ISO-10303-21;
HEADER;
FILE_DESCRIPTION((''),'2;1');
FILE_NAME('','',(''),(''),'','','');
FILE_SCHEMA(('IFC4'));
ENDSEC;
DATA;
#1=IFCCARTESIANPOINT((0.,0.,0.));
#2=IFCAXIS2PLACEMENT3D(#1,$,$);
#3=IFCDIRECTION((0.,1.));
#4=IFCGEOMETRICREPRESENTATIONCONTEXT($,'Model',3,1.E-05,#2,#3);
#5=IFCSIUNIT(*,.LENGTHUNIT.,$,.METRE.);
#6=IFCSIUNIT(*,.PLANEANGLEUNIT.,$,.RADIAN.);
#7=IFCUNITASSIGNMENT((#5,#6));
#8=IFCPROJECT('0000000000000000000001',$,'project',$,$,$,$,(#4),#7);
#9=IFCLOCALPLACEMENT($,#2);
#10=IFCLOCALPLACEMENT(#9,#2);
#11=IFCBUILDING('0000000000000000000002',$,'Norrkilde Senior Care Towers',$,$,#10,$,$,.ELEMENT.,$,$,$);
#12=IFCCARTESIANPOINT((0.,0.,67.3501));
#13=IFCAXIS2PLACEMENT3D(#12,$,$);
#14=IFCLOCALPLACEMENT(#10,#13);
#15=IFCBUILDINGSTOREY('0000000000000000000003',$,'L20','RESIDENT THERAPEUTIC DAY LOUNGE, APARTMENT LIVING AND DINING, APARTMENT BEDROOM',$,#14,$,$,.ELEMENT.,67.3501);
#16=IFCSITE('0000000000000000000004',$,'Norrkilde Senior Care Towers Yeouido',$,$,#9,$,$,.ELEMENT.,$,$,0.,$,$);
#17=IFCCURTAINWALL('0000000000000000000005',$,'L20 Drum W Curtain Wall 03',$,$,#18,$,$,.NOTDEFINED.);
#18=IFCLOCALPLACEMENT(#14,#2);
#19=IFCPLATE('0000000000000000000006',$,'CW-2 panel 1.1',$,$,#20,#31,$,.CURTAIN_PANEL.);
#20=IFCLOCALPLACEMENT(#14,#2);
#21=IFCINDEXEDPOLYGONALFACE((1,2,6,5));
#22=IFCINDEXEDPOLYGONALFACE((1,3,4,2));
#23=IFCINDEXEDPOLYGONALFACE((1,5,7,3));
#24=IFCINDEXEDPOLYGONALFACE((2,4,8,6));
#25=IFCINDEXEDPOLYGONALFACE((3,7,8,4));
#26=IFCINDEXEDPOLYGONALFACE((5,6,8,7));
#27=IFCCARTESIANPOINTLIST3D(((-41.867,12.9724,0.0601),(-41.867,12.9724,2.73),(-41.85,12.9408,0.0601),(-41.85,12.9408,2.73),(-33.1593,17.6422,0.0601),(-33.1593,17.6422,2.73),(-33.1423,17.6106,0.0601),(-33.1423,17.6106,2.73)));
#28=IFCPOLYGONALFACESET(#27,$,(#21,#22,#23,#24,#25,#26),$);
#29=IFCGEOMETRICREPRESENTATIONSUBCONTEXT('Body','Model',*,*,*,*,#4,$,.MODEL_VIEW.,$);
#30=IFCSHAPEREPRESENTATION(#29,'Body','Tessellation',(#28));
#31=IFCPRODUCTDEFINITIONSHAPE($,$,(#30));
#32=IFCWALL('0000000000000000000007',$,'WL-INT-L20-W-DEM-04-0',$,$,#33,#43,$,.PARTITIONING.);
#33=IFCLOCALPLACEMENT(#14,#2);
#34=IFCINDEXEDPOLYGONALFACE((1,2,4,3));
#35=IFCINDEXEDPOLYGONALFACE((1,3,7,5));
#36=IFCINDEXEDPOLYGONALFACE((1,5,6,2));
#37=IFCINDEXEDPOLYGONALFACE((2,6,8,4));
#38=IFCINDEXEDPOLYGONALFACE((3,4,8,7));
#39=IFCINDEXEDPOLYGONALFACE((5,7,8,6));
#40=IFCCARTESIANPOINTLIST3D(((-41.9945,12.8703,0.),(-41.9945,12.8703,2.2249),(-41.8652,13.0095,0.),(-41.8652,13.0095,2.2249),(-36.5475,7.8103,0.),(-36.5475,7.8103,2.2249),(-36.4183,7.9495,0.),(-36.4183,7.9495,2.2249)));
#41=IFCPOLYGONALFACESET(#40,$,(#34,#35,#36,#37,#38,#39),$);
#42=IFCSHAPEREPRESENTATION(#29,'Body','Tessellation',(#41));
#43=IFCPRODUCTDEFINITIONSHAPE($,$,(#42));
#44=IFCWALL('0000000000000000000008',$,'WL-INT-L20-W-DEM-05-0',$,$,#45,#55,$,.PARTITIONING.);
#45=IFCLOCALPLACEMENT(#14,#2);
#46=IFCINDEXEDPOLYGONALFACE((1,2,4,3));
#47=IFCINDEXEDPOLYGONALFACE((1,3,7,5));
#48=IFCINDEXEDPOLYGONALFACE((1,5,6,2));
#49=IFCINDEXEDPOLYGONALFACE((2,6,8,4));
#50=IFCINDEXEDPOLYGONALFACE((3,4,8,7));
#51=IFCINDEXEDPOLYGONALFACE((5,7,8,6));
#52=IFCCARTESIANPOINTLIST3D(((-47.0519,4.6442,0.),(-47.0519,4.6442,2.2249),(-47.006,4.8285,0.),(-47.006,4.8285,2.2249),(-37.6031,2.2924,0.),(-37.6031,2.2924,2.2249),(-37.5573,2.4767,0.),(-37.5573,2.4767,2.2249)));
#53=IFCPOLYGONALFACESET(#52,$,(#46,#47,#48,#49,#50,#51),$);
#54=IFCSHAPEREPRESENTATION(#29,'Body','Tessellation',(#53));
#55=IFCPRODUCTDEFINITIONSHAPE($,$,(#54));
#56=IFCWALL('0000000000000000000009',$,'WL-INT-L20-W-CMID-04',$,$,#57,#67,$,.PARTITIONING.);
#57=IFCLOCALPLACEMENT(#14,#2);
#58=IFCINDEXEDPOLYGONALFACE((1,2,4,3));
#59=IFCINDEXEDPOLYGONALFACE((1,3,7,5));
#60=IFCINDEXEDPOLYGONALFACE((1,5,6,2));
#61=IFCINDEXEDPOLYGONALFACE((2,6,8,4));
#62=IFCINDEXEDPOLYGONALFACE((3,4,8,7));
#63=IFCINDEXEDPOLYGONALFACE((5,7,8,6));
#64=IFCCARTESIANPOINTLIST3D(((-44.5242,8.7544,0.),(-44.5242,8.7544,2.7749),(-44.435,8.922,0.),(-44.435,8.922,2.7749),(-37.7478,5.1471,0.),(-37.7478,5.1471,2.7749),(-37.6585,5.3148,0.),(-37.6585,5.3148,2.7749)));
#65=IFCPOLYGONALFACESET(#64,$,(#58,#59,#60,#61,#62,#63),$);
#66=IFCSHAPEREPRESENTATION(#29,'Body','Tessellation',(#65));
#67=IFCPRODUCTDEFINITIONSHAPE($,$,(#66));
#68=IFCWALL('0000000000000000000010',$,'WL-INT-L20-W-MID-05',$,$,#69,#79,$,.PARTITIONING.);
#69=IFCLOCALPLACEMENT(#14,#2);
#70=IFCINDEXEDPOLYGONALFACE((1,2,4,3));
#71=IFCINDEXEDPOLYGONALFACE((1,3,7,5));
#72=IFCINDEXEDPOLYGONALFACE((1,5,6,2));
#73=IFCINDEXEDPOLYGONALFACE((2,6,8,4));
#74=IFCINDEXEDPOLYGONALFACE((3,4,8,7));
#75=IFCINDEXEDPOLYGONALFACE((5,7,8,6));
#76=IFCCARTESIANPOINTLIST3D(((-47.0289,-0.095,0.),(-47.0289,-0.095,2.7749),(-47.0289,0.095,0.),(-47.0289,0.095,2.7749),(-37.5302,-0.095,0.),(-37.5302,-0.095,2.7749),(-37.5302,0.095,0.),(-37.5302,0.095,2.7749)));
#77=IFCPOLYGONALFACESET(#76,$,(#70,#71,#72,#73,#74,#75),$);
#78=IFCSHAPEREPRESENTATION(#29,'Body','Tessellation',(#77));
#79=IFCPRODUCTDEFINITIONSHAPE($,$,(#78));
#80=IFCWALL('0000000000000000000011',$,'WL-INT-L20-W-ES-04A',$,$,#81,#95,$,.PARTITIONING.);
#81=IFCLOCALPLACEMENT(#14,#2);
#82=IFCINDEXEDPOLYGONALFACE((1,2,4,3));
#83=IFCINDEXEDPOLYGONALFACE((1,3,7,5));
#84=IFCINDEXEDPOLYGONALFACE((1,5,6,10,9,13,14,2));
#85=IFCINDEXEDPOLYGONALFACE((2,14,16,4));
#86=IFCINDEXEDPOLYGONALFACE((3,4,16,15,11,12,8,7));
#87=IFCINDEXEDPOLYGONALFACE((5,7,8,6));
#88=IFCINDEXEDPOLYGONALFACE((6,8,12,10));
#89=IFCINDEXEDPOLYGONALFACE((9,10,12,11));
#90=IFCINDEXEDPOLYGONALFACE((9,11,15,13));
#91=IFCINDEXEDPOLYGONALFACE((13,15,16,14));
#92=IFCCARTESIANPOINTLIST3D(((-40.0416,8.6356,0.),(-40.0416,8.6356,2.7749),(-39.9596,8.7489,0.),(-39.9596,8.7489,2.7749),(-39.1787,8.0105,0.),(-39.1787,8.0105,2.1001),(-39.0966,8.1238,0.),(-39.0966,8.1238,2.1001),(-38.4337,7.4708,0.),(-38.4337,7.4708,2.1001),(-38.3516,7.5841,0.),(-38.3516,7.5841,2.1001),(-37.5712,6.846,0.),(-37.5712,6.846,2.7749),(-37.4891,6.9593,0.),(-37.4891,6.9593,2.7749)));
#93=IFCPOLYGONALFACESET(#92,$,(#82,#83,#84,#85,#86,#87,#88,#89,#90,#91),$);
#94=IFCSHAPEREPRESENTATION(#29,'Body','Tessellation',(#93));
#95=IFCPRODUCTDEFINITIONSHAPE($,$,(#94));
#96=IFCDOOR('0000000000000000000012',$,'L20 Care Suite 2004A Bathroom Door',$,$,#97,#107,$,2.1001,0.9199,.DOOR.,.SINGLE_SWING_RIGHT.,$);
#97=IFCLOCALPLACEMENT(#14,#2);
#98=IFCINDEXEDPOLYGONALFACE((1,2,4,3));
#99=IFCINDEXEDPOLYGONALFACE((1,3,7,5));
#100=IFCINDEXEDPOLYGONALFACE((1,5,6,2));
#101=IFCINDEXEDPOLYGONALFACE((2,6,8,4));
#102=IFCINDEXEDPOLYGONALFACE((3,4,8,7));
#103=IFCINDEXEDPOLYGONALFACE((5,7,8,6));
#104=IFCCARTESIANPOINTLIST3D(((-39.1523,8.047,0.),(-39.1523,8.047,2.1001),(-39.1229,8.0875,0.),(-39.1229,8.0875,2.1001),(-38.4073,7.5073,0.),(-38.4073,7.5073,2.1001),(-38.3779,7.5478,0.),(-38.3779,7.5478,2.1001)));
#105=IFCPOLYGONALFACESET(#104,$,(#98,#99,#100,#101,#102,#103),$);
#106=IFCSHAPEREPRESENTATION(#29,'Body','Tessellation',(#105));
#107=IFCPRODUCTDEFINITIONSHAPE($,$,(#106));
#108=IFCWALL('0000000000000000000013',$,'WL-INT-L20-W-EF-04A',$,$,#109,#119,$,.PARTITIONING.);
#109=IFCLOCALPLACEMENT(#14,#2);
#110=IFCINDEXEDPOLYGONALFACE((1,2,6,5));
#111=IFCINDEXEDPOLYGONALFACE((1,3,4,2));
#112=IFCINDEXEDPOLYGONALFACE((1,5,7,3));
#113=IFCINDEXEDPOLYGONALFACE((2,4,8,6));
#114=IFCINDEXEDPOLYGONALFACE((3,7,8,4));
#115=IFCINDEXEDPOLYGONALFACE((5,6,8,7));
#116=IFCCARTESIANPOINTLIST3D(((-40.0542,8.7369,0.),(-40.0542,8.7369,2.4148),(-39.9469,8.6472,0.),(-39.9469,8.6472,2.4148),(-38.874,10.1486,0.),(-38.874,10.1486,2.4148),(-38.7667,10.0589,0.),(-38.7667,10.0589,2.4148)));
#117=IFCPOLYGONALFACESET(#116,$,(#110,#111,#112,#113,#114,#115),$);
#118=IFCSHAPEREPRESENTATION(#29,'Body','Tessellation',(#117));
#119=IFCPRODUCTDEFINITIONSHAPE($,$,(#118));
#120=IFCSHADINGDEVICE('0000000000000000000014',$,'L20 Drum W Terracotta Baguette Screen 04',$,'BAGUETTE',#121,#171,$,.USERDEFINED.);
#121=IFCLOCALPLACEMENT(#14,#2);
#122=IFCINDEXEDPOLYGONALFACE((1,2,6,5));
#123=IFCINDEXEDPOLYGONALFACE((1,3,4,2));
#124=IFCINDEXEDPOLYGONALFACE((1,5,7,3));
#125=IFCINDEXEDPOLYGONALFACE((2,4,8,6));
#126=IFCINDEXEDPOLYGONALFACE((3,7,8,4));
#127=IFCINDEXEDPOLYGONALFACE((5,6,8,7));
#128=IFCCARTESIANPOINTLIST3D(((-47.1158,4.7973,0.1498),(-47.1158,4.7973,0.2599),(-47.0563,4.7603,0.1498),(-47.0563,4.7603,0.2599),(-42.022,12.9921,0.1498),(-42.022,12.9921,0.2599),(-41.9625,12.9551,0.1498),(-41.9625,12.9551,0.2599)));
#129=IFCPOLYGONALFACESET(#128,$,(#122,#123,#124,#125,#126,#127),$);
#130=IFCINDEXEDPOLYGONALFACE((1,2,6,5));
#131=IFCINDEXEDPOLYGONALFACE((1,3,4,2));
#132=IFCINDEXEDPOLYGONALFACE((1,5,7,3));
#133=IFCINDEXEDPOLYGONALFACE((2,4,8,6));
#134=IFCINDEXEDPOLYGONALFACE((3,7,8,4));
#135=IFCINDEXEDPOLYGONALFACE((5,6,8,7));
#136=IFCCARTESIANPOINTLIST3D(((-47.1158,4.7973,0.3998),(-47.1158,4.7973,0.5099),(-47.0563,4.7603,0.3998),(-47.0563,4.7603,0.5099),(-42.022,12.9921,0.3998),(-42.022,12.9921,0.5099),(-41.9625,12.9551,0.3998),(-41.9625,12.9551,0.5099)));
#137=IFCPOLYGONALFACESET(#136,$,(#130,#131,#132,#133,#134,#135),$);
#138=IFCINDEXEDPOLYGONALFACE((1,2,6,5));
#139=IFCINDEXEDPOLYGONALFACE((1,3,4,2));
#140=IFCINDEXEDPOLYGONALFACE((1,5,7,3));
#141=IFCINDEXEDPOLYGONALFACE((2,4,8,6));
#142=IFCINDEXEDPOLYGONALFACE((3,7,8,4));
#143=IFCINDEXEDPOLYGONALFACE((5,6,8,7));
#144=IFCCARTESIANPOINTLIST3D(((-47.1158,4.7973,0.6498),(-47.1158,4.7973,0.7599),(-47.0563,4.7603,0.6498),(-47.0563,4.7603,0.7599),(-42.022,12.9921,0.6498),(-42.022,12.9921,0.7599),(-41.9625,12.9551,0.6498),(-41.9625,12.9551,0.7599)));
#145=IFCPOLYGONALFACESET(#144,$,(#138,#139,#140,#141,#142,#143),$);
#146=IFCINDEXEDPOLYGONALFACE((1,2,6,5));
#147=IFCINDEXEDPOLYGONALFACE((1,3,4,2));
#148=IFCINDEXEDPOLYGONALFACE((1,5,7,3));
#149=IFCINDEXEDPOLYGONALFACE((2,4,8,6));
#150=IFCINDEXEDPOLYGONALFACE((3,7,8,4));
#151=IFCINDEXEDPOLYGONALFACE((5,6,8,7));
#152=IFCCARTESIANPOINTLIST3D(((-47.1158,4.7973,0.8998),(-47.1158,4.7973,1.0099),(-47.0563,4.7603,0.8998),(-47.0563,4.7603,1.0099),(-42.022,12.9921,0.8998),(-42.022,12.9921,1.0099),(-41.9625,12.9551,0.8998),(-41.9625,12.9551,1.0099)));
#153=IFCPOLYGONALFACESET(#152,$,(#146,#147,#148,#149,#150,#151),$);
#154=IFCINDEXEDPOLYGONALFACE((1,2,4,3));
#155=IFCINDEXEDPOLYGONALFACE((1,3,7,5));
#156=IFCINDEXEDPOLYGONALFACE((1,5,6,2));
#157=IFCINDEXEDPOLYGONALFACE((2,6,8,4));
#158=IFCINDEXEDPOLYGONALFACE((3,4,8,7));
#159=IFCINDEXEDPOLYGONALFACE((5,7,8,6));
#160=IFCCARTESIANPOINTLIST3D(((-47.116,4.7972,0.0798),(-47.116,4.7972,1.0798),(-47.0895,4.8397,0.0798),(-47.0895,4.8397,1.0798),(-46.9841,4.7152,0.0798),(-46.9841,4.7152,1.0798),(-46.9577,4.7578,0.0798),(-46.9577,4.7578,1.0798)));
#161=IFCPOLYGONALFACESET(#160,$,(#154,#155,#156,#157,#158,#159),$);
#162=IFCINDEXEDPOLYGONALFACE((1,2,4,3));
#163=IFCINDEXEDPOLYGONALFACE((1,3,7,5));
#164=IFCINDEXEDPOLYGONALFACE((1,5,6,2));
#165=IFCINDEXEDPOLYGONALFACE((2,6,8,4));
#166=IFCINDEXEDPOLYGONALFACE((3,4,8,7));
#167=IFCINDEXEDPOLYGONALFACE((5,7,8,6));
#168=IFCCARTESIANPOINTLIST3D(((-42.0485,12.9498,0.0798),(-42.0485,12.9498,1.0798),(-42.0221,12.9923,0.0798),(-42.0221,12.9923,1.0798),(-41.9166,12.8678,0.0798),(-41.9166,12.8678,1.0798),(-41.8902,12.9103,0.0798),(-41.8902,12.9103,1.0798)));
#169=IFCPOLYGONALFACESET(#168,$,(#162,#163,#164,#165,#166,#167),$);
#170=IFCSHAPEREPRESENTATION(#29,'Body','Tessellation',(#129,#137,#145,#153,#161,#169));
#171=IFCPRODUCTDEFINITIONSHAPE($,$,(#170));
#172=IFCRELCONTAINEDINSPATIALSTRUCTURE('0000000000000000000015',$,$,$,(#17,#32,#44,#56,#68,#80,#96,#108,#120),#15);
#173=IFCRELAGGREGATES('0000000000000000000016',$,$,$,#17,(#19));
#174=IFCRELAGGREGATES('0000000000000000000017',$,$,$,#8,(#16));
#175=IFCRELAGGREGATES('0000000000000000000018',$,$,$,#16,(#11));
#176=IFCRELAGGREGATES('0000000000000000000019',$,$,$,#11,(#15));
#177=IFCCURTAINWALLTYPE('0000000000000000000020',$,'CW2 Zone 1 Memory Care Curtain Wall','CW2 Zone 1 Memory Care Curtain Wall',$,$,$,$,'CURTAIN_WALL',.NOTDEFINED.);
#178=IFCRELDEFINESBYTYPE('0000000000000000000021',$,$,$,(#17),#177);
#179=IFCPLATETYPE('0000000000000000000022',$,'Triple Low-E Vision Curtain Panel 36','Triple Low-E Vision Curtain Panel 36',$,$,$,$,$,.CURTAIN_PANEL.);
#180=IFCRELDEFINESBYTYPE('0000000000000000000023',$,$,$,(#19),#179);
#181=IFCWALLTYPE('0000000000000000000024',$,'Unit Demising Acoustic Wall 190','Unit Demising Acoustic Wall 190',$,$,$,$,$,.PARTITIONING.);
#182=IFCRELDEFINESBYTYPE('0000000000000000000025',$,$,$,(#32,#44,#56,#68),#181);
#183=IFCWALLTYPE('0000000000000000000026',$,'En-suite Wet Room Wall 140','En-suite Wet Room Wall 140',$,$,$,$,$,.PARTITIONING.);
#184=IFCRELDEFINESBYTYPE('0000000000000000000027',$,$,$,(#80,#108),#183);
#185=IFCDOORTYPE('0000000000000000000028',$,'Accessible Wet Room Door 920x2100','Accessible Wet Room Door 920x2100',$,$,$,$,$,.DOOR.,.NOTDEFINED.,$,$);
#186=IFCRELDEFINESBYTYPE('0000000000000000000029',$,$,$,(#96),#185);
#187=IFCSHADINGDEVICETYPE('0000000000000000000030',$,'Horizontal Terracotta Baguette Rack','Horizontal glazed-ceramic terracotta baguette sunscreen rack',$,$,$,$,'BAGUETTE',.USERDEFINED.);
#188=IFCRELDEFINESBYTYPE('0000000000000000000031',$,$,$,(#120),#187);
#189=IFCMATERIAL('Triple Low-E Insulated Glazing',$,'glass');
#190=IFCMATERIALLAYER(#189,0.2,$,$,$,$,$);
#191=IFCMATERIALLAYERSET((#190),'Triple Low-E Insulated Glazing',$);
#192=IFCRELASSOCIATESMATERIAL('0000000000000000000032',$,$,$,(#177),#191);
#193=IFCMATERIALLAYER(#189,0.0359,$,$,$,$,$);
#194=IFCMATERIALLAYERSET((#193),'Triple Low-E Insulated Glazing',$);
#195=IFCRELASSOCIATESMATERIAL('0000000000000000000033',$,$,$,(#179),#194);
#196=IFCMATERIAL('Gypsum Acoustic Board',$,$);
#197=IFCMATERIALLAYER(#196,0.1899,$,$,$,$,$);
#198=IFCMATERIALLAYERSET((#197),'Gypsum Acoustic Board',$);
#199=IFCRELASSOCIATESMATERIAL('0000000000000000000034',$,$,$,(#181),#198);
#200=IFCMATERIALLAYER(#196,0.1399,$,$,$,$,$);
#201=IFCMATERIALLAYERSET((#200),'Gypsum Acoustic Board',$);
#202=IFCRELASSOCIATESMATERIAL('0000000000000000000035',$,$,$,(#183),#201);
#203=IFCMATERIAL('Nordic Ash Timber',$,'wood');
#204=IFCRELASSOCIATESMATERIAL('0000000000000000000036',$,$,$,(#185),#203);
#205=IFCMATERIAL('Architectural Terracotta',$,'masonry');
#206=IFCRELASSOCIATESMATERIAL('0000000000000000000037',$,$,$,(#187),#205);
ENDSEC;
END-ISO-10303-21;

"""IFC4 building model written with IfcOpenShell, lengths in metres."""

from ifc_helpers import new_model, si_unit, direction, frame, frame_2d, origin, origin_2d, place, context, subcontext, project, spatial, rectangle, extrude, source, transform, mapped, material, layer, layer_set, type_object, type_shapes, element, fill, aggregate, save


model = new_model("IFC4")

# Units and contexts
model_context = context("Model", 3, precision=1e-05, world=origin(), true_north=direction((0.0, 1.0)))
body_context = subcontext(model_context, "Body", "Model", "MODEL_VIEW")
ifc_project = project(units=[si_unit("LENGTHUNIT", "METRE"), si_unit("PLANEANGLEUNIT", "RADIAN")], contexts=[model_context])

# Site, building, storey
site_placement = place(None, origin())
site = spatial("IfcSite", under=ifc_project, at=site_placement, Name="Norrkilde Senior Care Towers Yeouido", CompositionType="ELEMENT", RefElevation=0.0)
building_placement = place(site_placement, origin())
building = spatial("IfcBuilding", under=site, at=building_placement, Name="Norrkilde Senior Care Towers", CompositionType="ELEMENT")
storey_placement = place(building_placement, frame((0.0, 0.0, 67.3501)))
storey = spatial("IfcBuildingStorey", under=building, at=storey_placement, Name="L20", Description="RESIDENT THERAPEUTIC DAY LOUNGE, APARTMENT LIVING AND DINING, APARTMENT BEDROOM", CompositionType="ELEMENT", Elevation=67.3501)

# Curtain wall
ifc_material_1 = material(Name="Triple Low-E Insulated Glazing", Category="glass")
ifc_layer_1 = layer(ifc_material_1, 0.2)
ifc_layer_set_1 = layer_set([ifc_layer_1], Name="Triple Low-E Insulated Glazing")
curtain_wall_type = type_object("IfcCurtainWallType", Name="CW2 Zone 1 Memory Care Curtain Wall", Description="CW2 Zone 1 Memory Care Curtain Wall", ElementType="CURTAIN_WALL", PredefinedType="NOTDEFINED", material=ifc_layer_set_1)
curtain_wall_1_placement = place(storey_placement, origin())
curtain_wall_1 = element("IfcCurtainWall", 1, at=curtain_wall_1_placement, inside=storey, type_object=curtain_wall_type, Name="L20 Drum W Curtain Wall 03", PredefinedType="NOTDEFINED")

# Plate
ifc_layer_2 = layer(ifc_material_1, 0.0359)
ifc_layer_set_2 = layer_set([ifc_layer_2], Name="Triple Low-E Insulated Glazing")
plate_type = type_object("IfcPlateType", Name="Triple Low-E Vision Curtain Panel 36", Description="Triple Low-E Vision Curtain Panel 36", PredefinedType="CURTAIN_PANEL", material=ifc_layer_set_2)
shared_shape_1 = source(origin(), body_context, "Body", "SweptSolid", [
    extrude(rectangle(XDim=9.8809, YDim=0.0359, at=origin_2d()), origin(), (0.0, 0.0, 1.0), 2.6699),
])
plate_1_placement = place(storey_placement, frame((-37.5046, 15.2915, 0.0601), z_axis=(0.0, 0.0, 1.0), x_axis=(0.881273, 0.472608, 0.0)))
plate_1 = element("IfcPlate", 2, at=plate_1_placement, type_object=plate_type, Name="CW-2 panel 1.1", PredefinedType="CURTAIN_PANEL", context=body_context, shape_type="MappedRepresentation", body=[
    mapped(shared_shape_1, transform((0.0, 0.0, 0.0), x_axis=(1.0, 0.0, 0.0), y_axis=(0.0, 1.0, 0.0), z_axis=(0.0, 0.0, 1.0), scale=1.0)),
])
aggregate(curtain_wall_1, [plate_1])

# Shared definitions
ifc_material_2 = material(Name="Gypsum Acoustic Board")
ifc_material_3 = material(Name="Nordic Ash Timber", Category="wood")

# Walls
ifc_layer_3 = layer(ifc_material_2, 0.1899)
ifc_layer_set_3 = layer_set([ifc_layer_3], Name="Gypsum Acoustic Board")
wall_type_1 = type_object("IfcWallType", Name="Unit Demising Acoustic Wall 190", Description="Unit Demising Acoustic Wall 190", PredefinedType="PARTITIONING", material=ifc_layer_set_3)
shared_shape_2 = source(origin(), body_context, "Body", "SweptSolid", [
    extrude(rectangle(XDim=7.4346, YDim=0.1899, at=frame_2d((3.7173, 0.0))), origin(), (0.0, 0.0, 1.0), 2.2249),
])
wall_1_placement = place(storey_placement, frame((-36.4829, 7.8799, 0.0), z_axis=(0.0, 0.0, 1.0), x_axis=(-0.732652, 0.680603, 0.0)))
element("IfcWall", 3, at=wall_1_placement, inside=storey, type_object=wall_type_1, Name="WL-INT-L20-W-DEM-04-0", PredefinedType="PARTITIONING", context=body_context, shape_type="MappedRepresentation", body=[
    mapped(shared_shape_2, transform((0.0, 0.0, 0.0), x_axis=(1.0, 0.0, 0.0), y_axis=(0.0, 1.0, 0.0), z_axis=(0.0, 0.0, 1.0), scale=1.0)),
])
shared_shape_3 = source(origin(), body_context, "Body", "SweptSolid", [
    extrude(rectangle(XDim=9.7371, YDim=0.1899, at=frame_2d((4.8687, 0.0))), origin(), (0.0, 0.0, 1.0), 2.2249),
])
wall_2_placement = place(storey_placement, frame((-37.5801, 2.3845, 0.0), z_axis=(0.0, 0.0, 1.0), x_axis=(-0.970393, 0.241533, 0.0)))
element("IfcWall", 4, at=wall_2_placement, inside=storey, type_object=wall_type_1, Name="WL-INT-L20-W-DEM-05-0", PredefinedType="PARTITIONING", context=body_context, shape_type="MappedRepresentation", body=[
    mapped(shared_shape_3, transform((0.0, 0.0, 0.0), x_axis=(1.0, 0.0, 0.0), y_axis=(0.0, 1.0, 0.0), z_axis=(0.0, 0.0, 1.0), scale=1.0)),
])
shared_shape_4 = source(origin(), body_context, "Body", "SweptSolid", [
    extrude(rectangle(XDim=7.6768, YDim=0.1899, at=frame_2d((3.8384, 0.0))), origin(), (0.0, 0.0, 1.0), 2.7749),
])
wall_3_placement = place(storey_placement, frame((-37.7031, 5.231, 0.0), z_axis=(0.0, 0.0, 1.0), x_axis=(-0.882725, 0.46989, 0.0)))
element("IfcWall", 5, at=wall_3_placement, inside=storey, type_object=wall_type_1, Name="WL-INT-L20-W-CMID-04", PredefinedType="PARTITIONING", context=body_context, shape_type="MappedRepresentation", body=[
    mapped(shared_shape_4, transform((0.0, 0.0, 0.0), x_axis=(1.0, 0.0, 0.0), y_axis=(0.0, 1.0, 0.0), z_axis=(0.0, 0.0, 1.0), scale=1.0)),
])
shared_shape_5 = source(origin(), body_context, "Body", "SweptSolid", [
    extrude(rectangle(XDim=9.4988, YDim=0.1899, at=frame_2d((4.7495, 0.0))), origin(), (0.0, 0.0, 1.0), 2.7749),
])
type_shapes(wall_type_1, [shared_shape_2, shared_shape_3, shared_shape_4, shared_shape_5])
wall_4_placement = place(storey_placement, frame((-37.53, 0.0, 0.0), z_axis=(0.0, 0.0, 1.0), x_axis=(-1.0, 0.0, 0.0)))
element("IfcWall", 6, at=wall_4_placement, inside=storey, type_object=wall_type_1, Name="WL-INT-L20-W-MID-05", PredefinedType="PARTITIONING", context=body_context, shape_type="MappedRepresentation", body=[
    mapped(shared_shape_5, transform((0.0, 0.0, 0.0), x_axis=(1.0, 0.0, 0.0), y_axis=(0.0, 1.0, 0.0), z_axis=(0.0, 0.0, 1.0), scale=1.0)),
])

# Wall, opening, door
ifc_layer_4 = layer(ifc_material_2, 0.1399)
ifc_layer_set_4 = layer_set([ifc_layer_4], Name="Gypsum Acoustic Board")
wall_type_2 = type_object("IfcWallType", Name="En-suite Wet Room Wall 140", Description="En-suite Wet Room Wall 140", PredefinedType="PARTITIONING", material=ifc_layer_set_4)
shared_shape_6 = source(origin(), body_context, "Body", "SweptSolid", [
    extrude(rectangle(XDim=3.0505, YDim=0.1399, at=frame_2d((1.5254, 0.0))), origin(), (0.0, 0.0, 1.0), 2.7749),
])
wall_5_placement = place(storey_placement, frame((-37.53, 6.9026, 0.0), z_axis=(0.0, 0.0, 1.0), x_axis=(-0.809849, 0.586638, 0.0)))
wall_5 = element("IfcWall", 7, at=wall_5_placement, inside=storey, type_object=wall_type_2, Name="WL-INT-L20-W-ES-04A", PredefinedType="PARTITIONING", context=body_context, shape_type="MappedRepresentation", body=[
    mapped(shared_shape_6, transform((0.0, 0.0, 0.0), x_axis=(1.0, 0.0, 0.0), y_axis=(0.0, 1.0, 0.0), z_axis=(0.0, 0.0, 1.0), scale=1.0)),
])
opening_1_placement = place(wall_5_placement, frame((1.0652, 0.0, 0.0)))
opening_1 = element("IfcOpeningElement", 8, at=opening_1_placement, cuts=wall_5, PredefinedType="OPENING", context=body_context, shape_type="SweptSolid", body=[
    extrude(rectangle(XDim=0.9199, YDim=2.1001, at=frame_2d((0.46, 1.05))), frame((0.0, 0.0798, 0.0), z_axis=(0.0, -1.0, 0.0), x_axis=(1.0, 0.0, 0.0)), (0.0, 0.0, 1.0), 0.1599),
])
door_type_1 = type_object("IfcDoorType", Name="Accessible Wet Room Door 920x2100", Description="Accessible Wet Room Door 920x2100", OperationType="NOTDEFINED", PredefinedType="DOOR", material=ifc_material_3)
shared_shape_7 = source(origin(), body_context, "Body", "SweptSolid", [
    extrude(rectangle(XDim=0.9199, YDim=2.1001, at=frame_2d((0.46, 1.05))), frame((0.0, 0.0249, 0.0), z_axis=(0.0, -1.0, 0.0), x_axis=(1.0, 0.0, 0.0)), (0.0, 0.0, 1.0), 0.05),
])
type_shapes(door_type_1, [shared_shape_7])
door_1_placement = place(opening_1_placement, origin())
door_1 = element("IfcDoor", 9, at=door_1_placement, inside=storey, type_object=door_type_1, Name="L20 Care Suite 2004A Bathroom Door", OperationType="SINGLE_SWING_RIGHT", OverallHeight=2.1001, OverallWidth=0.9199, PredefinedType="DOOR", context=body_context, shape_type="MappedRepresentation", body=[
    mapped(shared_shape_7, transform((0.0, 0.0, 0.0), x_axis=(1.0, 0.0, 0.0), y_axis=(0.0, 1.0, 0.0), z_axis=(0.0, 0.0, 1.0), scale=1.0)),
])
fill(opening_1, door_1)

# Wall
shared_shape_8 = source(origin(), body_context, "Body", "SweptSolid", [
    extrude(rectangle(XDim=1.8401, YDim=0.1399, at=frame_2d((0.9199, 0.0))), origin(), (0.0, 0.0, 1.0), 2.4148),
])
type_shapes(wall_type_2, [shared_shape_6, shared_shape_8])
wall_6_placement = place(storey_placement, frame((-40.0005, 8.6921, 0.0), z_axis=(0.0, 0.0, 1.0), x_axis=(0.64141, 0.767198, 0.0)))
element("IfcWall", 10, at=wall_6_placement, inside=storey, type_object=wall_type_2, Name="WL-INT-L20-W-EF-04A", PredefinedType="PARTITIONING", context=body_context, shape_type="MappedRepresentation", body=[
    mapped(shared_shape_8, transform((0.0, 0.0, 0.0), x_axis=(1.0, 0.0, 0.0), y_axis=(0.0, 1.0, 0.0), z_axis=(0.0, 0.0, 1.0), scale=1.0)),
])

# Shading device
ifc_material_4 = material(Name="Architectural Terracotta", Category="masonry")
shading_device_type = type_object("IfcShadingDeviceType", Name="Horizontal Terracotta Baguette Rack", Description="Horizontal glazed-ceramic terracotta baguette sunscreen rack", ElementType="BAGUETTE", PredefinedType="USERDEFINED", material=ifc_material_4)
shared_shape_9 = source(origin(), body_context, "Body", "SweptSolid", [
    extrude(rectangle(XDim=0.0701, YDim=0.1101, at=origin_2d()), frame((0.0, 0.0901, 0.125), z_axis=(1.0, 0.0, 0.0), x_axis=(0.0, 1.0, 0.0)), (0.0, 0.0, 1.0), 9.6489),
    extrude(rectangle(XDim=0.0701, YDim=0.1101, at=origin_2d()), frame((0.0, 0.0901, 0.375), z_axis=(1.0, 0.0, 0.0), x_axis=(0.0, 1.0, 0.0)), (0.0, 0.0, 1.0), 9.6489),
    extrude(rectangle(XDim=0.0701, YDim=0.1101, at=origin_2d()), frame((0.0, 0.0901, 0.625), z_axis=(1.0, 0.0, 0.0), x_axis=(0.0, 1.0, 0.0)), (0.0, 0.0, 1.0), 9.6489),
    extrude(rectangle(XDim=0.0701, YDim=0.1101, at=origin_2d()), frame((0.0, 0.0901, 0.875), z_axis=(1.0, 0.0, 0.0), x_axis=(0.0, 1.0, 0.0)), (0.0, 0.0, 1.0), 9.6489),
    extrude(rectangle(XDim=0.05, YDim=0.1553, at=origin_2d()), frame((0.0249, 0.0476, 0.0)), (0.0, 0.0, 1.0), 1.0),
    extrude(rectangle(XDim=0.05, YDim=0.1553, at=origin_2d()), frame((9.624, 0.0476, 0.0)), (0.0, 0.0, 1.0), 1.0),
])
type_shapes(shading_device_type, [shared_shape_9])
shading_device_placement = place(storey_placement, frame((-47.0095, 4.7312, 0.0798), z_axis=(0.0, 0.0, 1.0), x_axis=(0.527909, 0.849299, 0.0)))
element("IfcShadingDevice", 11, at=shading_device_placement, inside=storey, type_object=shading_device_type, Name="L20 Drum W Terracotta Baguette Screen 04", ObjectType="BAGUETTE", PredefinedType="USERDEFINED", context=body_context, shape_type="MappedRepresentation", body=[
    mapped(shared_shape_9, transform((0.0, 0.0, 0.0), x_axis=(1.0, 0.0, 0.0), y_axis=(0.0, 1.0, 0.0), z_axis=(0.0, 0.0, 1.0), scale=1.0)),
])

save(model, "model.ifc")
